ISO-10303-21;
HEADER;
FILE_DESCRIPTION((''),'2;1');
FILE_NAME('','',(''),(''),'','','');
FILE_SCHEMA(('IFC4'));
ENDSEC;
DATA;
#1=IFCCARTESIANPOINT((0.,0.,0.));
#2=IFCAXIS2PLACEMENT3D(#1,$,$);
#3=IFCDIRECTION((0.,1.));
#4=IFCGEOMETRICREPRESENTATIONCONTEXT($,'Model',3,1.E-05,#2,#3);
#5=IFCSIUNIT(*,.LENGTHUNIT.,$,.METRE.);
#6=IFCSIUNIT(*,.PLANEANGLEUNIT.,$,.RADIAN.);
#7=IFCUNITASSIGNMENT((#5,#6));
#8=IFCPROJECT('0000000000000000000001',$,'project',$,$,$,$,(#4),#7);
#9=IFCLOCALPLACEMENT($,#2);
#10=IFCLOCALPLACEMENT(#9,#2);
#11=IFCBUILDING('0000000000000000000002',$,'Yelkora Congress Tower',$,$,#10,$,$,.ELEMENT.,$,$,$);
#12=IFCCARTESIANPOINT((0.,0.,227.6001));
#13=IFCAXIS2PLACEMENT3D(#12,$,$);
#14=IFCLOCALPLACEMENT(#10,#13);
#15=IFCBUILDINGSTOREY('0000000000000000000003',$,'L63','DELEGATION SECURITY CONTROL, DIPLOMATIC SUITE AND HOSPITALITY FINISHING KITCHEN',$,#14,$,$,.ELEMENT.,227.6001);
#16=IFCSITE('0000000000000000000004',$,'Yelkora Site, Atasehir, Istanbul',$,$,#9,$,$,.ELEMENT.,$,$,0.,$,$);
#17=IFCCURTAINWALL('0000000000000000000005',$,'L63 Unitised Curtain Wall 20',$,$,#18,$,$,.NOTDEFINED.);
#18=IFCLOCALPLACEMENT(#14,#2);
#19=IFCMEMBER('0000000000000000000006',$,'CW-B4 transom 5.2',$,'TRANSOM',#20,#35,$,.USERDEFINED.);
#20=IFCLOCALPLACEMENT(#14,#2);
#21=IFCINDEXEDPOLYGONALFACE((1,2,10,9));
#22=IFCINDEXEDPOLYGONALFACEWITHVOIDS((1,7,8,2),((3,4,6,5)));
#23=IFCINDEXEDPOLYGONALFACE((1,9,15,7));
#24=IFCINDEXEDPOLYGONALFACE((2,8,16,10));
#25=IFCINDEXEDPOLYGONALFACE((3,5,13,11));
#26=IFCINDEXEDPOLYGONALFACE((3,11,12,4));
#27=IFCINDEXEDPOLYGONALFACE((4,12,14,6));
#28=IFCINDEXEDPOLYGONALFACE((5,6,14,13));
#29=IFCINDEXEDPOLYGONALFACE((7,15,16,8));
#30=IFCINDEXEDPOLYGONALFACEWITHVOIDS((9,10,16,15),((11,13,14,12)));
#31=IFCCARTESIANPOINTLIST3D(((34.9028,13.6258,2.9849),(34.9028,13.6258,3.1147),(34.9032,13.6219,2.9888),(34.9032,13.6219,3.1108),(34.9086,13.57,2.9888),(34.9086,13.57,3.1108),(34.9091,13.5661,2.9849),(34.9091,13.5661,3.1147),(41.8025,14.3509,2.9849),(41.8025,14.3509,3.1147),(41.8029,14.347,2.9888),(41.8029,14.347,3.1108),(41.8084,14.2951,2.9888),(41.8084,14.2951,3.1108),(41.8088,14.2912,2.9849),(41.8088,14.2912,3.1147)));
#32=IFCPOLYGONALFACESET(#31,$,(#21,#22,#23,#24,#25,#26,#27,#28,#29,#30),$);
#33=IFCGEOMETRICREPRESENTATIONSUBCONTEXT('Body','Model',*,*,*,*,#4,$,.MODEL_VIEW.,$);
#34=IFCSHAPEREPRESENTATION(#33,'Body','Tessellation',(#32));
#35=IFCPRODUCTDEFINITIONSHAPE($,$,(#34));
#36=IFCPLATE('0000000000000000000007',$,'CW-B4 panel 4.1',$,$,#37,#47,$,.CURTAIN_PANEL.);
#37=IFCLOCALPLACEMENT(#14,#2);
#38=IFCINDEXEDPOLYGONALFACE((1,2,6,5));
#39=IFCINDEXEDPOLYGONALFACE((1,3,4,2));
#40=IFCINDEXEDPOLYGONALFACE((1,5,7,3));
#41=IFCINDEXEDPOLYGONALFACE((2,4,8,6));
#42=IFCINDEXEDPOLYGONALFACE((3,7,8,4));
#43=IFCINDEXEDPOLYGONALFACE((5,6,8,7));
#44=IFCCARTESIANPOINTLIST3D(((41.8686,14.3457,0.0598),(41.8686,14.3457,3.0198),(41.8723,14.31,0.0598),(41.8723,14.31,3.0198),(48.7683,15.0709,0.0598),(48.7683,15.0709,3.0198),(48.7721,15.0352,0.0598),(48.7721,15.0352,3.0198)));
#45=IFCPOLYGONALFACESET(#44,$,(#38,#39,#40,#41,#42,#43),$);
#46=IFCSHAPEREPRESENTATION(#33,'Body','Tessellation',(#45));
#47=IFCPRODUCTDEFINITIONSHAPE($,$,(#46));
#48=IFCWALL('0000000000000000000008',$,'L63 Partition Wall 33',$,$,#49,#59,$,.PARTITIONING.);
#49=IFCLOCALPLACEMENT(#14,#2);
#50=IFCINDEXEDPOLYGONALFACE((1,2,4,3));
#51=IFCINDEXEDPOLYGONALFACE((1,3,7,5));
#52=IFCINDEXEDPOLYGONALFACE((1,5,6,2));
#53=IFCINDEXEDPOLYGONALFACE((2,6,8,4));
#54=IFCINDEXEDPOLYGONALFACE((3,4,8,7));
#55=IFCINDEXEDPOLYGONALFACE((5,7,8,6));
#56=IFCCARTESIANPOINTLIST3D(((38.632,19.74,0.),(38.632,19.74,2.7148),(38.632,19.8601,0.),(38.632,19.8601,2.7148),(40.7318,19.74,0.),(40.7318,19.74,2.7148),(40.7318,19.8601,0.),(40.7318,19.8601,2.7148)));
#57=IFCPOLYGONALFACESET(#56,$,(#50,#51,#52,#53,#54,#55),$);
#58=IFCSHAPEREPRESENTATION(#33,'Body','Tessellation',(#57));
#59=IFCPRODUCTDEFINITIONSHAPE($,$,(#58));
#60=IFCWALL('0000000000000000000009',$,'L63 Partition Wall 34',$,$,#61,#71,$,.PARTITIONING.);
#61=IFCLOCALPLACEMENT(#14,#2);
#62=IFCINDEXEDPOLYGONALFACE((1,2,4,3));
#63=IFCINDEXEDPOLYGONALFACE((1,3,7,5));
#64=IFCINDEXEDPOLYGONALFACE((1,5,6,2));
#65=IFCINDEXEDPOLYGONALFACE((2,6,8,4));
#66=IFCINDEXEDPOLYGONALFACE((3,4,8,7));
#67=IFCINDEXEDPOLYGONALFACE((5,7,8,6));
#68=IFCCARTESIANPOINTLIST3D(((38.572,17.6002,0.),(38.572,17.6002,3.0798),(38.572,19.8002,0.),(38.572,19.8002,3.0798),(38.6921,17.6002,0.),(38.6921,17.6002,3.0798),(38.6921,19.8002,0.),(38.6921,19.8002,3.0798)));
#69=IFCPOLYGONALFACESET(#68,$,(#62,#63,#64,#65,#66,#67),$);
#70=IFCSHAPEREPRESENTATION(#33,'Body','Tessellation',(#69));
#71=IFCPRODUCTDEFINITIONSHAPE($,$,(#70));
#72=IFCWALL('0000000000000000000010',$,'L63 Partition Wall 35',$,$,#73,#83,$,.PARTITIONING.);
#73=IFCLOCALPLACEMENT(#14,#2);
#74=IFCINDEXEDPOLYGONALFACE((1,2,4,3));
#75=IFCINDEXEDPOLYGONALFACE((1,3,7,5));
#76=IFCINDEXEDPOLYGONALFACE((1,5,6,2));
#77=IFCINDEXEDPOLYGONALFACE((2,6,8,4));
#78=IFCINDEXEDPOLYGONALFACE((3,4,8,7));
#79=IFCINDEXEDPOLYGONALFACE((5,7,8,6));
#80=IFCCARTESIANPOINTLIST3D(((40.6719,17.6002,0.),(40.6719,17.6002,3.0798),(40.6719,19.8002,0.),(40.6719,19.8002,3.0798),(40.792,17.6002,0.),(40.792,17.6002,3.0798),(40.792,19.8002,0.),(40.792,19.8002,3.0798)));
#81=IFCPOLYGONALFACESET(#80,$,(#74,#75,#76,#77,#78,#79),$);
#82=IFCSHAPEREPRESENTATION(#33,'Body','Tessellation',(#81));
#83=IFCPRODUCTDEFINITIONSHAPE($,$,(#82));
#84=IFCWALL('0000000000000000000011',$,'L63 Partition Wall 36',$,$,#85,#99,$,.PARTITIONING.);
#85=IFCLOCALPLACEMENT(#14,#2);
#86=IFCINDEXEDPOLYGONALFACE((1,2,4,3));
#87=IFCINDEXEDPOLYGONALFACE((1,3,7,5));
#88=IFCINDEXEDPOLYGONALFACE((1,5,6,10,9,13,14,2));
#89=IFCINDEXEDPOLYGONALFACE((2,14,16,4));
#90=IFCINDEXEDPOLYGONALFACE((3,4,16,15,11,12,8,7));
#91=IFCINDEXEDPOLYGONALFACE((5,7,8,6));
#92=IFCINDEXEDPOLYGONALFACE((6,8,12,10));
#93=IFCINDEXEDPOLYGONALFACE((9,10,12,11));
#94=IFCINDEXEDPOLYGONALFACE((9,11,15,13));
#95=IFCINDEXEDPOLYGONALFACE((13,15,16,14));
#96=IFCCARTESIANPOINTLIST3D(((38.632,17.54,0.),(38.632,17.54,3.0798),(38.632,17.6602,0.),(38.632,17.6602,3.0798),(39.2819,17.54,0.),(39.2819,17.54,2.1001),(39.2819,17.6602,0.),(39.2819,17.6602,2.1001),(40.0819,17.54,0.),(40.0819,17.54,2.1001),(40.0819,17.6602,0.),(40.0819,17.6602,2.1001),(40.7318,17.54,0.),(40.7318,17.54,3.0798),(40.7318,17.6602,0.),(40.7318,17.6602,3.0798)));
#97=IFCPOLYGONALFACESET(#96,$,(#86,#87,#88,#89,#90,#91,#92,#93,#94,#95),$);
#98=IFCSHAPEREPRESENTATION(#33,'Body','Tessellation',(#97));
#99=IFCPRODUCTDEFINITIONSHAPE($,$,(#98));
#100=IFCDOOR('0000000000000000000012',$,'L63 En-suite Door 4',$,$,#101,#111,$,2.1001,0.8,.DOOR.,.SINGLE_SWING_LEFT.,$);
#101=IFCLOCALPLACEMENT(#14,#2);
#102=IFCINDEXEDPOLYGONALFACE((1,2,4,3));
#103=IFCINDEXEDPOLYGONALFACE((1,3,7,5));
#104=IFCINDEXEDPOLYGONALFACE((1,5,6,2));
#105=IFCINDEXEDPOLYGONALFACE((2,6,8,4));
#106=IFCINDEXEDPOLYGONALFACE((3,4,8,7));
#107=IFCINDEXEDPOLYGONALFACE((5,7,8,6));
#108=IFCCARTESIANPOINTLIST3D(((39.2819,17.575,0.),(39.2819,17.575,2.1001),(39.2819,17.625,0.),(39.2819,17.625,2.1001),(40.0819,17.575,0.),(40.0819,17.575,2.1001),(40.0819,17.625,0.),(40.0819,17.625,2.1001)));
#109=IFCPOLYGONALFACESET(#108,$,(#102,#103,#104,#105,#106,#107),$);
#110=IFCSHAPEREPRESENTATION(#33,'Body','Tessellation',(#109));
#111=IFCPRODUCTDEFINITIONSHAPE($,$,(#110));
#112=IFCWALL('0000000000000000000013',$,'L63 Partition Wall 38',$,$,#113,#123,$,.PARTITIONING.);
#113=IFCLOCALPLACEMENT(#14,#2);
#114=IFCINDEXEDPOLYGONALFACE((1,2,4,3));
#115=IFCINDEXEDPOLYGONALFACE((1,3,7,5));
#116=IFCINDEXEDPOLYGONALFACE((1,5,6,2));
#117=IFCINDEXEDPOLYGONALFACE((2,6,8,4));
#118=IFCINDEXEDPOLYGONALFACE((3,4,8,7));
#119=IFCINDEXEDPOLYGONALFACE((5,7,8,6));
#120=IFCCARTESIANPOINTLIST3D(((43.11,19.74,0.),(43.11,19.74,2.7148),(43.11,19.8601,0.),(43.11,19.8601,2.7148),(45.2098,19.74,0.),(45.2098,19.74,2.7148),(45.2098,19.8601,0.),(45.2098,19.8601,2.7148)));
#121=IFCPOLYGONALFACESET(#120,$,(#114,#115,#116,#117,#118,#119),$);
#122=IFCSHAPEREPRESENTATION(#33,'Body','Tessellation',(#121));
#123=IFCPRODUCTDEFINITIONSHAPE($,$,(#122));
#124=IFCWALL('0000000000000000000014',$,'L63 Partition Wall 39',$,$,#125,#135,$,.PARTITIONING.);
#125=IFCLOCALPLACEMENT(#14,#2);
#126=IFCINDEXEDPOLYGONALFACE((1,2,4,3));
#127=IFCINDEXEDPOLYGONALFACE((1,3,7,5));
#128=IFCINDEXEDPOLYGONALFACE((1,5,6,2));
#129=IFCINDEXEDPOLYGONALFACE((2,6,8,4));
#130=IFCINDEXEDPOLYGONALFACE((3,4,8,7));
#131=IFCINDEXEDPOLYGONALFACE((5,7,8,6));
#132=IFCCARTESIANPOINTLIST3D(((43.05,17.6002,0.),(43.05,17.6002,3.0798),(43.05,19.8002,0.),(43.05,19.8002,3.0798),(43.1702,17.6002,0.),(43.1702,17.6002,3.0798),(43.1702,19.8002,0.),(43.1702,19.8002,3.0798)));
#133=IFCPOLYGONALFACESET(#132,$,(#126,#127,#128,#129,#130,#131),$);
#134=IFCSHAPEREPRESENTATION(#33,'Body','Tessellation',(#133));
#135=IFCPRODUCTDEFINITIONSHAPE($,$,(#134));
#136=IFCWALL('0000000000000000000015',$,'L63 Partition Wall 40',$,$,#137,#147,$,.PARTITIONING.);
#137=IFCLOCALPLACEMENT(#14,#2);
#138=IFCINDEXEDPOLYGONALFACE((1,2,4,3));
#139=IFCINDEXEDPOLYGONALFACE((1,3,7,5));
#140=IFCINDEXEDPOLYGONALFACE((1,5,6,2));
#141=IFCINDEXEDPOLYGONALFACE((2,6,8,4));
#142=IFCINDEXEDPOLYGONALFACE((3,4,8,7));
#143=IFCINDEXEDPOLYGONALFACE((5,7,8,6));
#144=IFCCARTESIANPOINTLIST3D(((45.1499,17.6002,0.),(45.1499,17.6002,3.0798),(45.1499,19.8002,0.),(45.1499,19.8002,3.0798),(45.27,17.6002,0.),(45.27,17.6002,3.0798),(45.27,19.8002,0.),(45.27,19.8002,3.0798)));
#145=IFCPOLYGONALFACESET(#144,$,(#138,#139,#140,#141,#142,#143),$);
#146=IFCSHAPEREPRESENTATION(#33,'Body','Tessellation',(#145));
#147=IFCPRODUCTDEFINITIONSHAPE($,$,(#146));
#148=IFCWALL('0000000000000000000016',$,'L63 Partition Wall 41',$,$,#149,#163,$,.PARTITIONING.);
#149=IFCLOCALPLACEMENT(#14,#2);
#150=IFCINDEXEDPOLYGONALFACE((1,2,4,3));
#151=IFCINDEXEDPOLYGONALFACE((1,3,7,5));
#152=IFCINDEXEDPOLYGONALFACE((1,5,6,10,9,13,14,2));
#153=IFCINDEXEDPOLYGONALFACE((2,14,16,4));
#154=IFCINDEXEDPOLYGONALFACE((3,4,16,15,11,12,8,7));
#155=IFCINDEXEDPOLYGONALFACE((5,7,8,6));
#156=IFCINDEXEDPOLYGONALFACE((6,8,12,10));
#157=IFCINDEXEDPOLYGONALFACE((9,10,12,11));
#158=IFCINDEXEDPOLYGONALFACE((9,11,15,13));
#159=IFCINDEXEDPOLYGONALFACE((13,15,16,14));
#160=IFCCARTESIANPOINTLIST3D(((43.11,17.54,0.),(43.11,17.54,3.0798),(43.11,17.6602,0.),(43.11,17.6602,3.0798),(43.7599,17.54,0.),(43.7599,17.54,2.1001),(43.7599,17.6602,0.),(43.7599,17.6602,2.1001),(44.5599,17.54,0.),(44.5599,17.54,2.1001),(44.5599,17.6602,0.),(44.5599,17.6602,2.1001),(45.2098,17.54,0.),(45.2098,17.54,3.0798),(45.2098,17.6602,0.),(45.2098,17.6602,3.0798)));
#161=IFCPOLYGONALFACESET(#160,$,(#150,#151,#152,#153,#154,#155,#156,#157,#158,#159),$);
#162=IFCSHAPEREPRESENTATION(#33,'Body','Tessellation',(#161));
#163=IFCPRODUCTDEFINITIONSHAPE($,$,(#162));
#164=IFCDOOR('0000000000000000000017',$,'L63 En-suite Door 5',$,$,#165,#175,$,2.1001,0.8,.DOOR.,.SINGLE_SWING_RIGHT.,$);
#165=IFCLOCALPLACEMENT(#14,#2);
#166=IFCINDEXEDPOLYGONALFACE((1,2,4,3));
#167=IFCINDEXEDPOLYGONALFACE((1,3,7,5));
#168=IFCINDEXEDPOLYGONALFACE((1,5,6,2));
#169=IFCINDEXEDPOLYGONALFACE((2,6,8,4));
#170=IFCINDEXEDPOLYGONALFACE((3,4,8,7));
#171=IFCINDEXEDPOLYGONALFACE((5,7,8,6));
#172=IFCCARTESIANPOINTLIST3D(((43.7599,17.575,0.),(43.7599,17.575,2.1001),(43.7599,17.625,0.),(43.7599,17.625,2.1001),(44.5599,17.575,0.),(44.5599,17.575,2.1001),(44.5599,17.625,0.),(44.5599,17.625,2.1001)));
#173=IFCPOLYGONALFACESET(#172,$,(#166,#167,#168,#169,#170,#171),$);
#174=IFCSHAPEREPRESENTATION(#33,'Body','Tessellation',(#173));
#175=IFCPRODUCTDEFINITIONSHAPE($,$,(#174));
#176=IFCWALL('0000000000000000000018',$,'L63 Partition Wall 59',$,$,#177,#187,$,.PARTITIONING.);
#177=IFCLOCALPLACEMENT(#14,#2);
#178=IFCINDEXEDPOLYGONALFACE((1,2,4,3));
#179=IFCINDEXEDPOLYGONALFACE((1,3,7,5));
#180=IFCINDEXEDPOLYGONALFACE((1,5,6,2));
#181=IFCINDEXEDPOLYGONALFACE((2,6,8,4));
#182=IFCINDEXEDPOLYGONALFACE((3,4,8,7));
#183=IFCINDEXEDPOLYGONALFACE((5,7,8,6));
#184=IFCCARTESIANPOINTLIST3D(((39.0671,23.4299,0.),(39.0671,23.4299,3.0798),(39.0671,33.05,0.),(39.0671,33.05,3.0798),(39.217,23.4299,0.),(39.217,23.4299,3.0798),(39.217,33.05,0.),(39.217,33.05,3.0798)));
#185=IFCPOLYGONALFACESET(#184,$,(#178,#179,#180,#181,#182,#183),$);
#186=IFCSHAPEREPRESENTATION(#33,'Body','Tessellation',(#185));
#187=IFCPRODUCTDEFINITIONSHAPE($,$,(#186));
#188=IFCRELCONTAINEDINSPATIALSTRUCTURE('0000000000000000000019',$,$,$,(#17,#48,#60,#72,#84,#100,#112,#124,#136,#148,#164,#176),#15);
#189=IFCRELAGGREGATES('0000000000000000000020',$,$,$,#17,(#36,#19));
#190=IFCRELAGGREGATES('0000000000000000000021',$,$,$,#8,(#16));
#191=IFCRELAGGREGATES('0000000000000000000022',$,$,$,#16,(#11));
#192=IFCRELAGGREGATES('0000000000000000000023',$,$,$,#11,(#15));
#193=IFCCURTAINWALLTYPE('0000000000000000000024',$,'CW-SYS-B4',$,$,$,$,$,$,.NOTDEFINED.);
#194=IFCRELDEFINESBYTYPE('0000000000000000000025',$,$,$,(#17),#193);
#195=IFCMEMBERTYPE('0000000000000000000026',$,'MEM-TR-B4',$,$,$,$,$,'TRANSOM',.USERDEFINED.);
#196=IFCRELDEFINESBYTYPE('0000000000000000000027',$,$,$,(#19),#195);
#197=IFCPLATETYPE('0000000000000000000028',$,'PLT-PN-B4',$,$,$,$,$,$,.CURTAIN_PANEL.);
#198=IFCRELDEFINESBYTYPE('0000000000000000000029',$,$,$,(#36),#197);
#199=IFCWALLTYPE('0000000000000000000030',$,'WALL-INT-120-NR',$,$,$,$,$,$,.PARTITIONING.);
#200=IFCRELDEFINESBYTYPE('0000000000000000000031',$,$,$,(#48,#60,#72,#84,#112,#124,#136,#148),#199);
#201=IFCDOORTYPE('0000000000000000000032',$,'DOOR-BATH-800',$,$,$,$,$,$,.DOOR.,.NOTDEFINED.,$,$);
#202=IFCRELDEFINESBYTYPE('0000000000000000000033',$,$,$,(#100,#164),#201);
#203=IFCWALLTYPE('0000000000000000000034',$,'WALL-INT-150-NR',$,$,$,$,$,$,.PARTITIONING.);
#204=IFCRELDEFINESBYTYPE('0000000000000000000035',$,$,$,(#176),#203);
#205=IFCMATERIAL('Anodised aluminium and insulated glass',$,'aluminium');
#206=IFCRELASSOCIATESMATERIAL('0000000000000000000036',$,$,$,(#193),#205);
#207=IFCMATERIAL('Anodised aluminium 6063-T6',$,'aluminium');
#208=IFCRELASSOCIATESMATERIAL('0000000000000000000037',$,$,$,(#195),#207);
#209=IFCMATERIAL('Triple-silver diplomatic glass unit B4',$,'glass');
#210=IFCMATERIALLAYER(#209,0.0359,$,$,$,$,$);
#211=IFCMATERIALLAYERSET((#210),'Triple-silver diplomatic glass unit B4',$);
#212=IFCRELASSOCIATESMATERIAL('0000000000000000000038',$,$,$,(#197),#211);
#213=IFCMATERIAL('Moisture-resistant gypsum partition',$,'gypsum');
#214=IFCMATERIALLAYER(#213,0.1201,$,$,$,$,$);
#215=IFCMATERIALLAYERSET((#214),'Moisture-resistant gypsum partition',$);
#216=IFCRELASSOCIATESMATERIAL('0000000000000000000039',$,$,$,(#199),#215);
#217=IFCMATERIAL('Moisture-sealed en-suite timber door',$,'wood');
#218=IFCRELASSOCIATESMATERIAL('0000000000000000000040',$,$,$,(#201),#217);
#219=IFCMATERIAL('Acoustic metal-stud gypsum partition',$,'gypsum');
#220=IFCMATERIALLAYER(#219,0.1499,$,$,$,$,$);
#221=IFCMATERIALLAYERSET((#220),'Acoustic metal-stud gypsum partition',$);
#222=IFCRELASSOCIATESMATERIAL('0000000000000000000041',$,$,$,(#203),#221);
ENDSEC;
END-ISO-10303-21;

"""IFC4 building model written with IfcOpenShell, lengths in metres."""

from ifc_helpers import new_model, si_unit, direction, frame, frame_2d, origin, origin_2d, place, context, subcontext, project, spatial, rectangle, hollow_rectangle, extrude, material, layer, layer_set, material_profile, profile_set, type_object, element, fill, aggregate, save


model = new_model("IFC4")

# Units and contexts
model_context = context("Model", 3, precision=1e-05, world=origin(), true_north=direction((0.0, 1.0)))
body_context = subcontext(model_context, "Body", "Model", "MODEL_VIEW")
ifc_project = project(units=[si_unit("LENGTHUNIT", "METRE"), si_unit("PLANEANGLEUNIT", "RADIAN")], contexts=[model_context])

# Site, building, storey
site_placement = place(None, origin())
site = spatial("IfcSite", under=ifc_project, at=site_placement, Name="Yelkora Site, Atasehir, Istanbul", CompositionType="ELEMENT", RefElevation=0.0)
building_placement = place(site_placement, origin())
building = spatial("IfcBuilding", under=site, at=building_placement, Name="Yelkora Congress Tower", CompositionType="ELEMENT")
storey_placement = place(building_placement, frame((0.0, 0.0, 227.6001)))
storey = spatial("IfcBuildingStorey", under=building, at=storey_placement, Name="L63", Description="DELEGATION SECURITY CONTROL, DIPLOMATIC SUITE AND HOSPITALITY FINISHING KITCHEN", CompositionType="ELEMENT", Elevation=227.6001)

# Curtain wall, member, plate
ifc_material_1 = material(Name="Anodised aluminium and insulated glass", Category="aluminium")
curtain_wall_type = type_object("IfcCurtainWallType", Name="CW-SYS-B4", PredefinedType="NOTDEFINED", material=ifc_material_1)
curtain_wall_placement = place(storey_placement, origin())
curtain_wall = element("IfcCurtainWall", 1, at=curtain_wall_placement, inside=storey, type_object=curtain_wall_type, Name="L63 Unitised Curtain Wall 20", PredefinedType="NOTDEFINED")
ifc_material_2 = material(Name="Anodised aluminium 6063-T6", Category="aluminium")
ifc_material_profile_1 = material_profile(ifc_material_2, hollow_rectangle(XDim=0.0601, YDim=0.1299, WallThickness=0.0039, at=origin_2d()), Name="ALU 60x130x4")
ifc_profile_set_1 = profile_set([ifc_material_profile_1], Name="Anodised aluminium 6063-T6")
member_type_1 = type_object("IfcMemberType", Name="MEM-TR-B4", ElementType="TRANSOM", PredefinedType="USERDEFINED", material=ifc_profile_set_1)
member_1_placement = place(storey_placement, frame((41.8057, 14.321, 3.0498), z_axis=(-0.994523, -0.104516, 0.0), x_axis=(0.104516, -0.994523, 0.0)))
member_1 = element("IfcMember", 2, at=member_1_placement, type_object=member_type_1, Name="CW-B4 transom 5.2", ObjectType="TRANSOM", PredefinedType="USERDEFINED", context=body_context, shape_type="SweptSolid", body=[
    extrude(hollow_rectangle(XDim=0.0601, YDim=0.1299, WallThickness=0.0039, at=origin_2d()), origin(), (0.0, 0.0, 1.0), 6.9377),
])
ifc_material_3 = material(Name="Triple-silver diplomatic glass unit B4", Category="glass")
ifc_layer_1 = layer(ifc_material_3, 0.0359)
ifc_layer_set_1 = layer_set([ifc_layer_1], Name="Triple-silver diplomatic glass unit B4")
plate_type = type_object("IfcPlateType", Name="PLT-PN-B4", PredefinedType="CURTAIN_PANEL", material=ifc_layer_set_1)
plate_placement = place(storey_placement, frame((45.3203, 14.6904, 0.0598), z_axis=(0.0, 0.0, 1.0), x_axis=(-0.994522, -0.104527, 0.0)))
plate = element("IfcPlate", 3, at=plate_placement, type_object=plate_type, Name="CW-B4 panel 4.1", PredefinedType="CURTAIN_PANEL", context=body_context, shape_type="SweptSolid", body=[
    extrude(rectangle(XDim=6.9377, YDim=0.0359, at=origin_2d()), origin(), (0.0, 0.0, 1.0), 2.96),
])
aggregate(curtain_wall, [plate, member_1])

# Walls
ifc_material_4 = material(Name="Moisture-resistant gypsum partition", Category="gypsum")
ifc_layer_2 = layer(ifc_material_4, 0.1201)
ifc_layer_set_2 = layer_set([ifc_layer_2], Name="Moisture-resistant gypsum partition")
wall_type_1 = type_object("IfcWallType", Name="WALL-INT-120-NR", PredefinedType="PARTITIONING", material=ifc_layer_set_2)
wall_1_placement = place(storey_placement, frame((38.6321, 19.8, 0.0), z_axis=(0.0, 0.0, 1.0), x_axis=(1.0, 0.0, 0.0)))
element("IfcWall", 4, at=wall_1_placement, inside=storey, type_object=wall_type_1, Name="L63 Partition Wall 33", PredefinedType="PARTITIONING", context=body_context, shape_type="SweptSolid", body=[
    extrude(rectangle(XDim=2.0999, YDim=0.1201, at=frame_2d((1.0498, 0.0))), origin(), (0.0, 0.0, 1.0), 2.7148),
])
for number, where, z_axis, x_axis, name in (
    (5, (38.6321, 17.6001, 0.0), (0.0, 0.0, 1.0), (0.0, 1.0, 0.0), "L63 Partition Wall 34"),
    (6, (40.7319, 17.6001, 0.0), (0.0, 0.0, 1.0), (0.0, 1.0, 0.0), "L63 Partition Wall 35"),
):
    element("IfcWall", number, at=place(storey_placement, frame(where, z_axis=z_axis, x_axis=x_axis)), inside=storey, type_object=wall_type_1, Name=name, PredefinedType="PARTITIONING", context=body_context, shape_type="SweptSolid", body=[
        extrude(rectangle(XDim=2.2, YDim=0.1201, at=frame_2d((1.1001, 0.0))), origin(), (0.0, 0.0, 1.0), 3.0798),
    ])

# Wall, opening, door
wall_2_placement = place(storey_placement, frame((38.6321, 17.6001, 0.0), z_axis=(0.0, 0.0, 1.0), x_axis=(1.0, 0.0, 0.0)))
wall_2 = element("IfcWall", 7, at=wall_2_placement, inside=storey, type_object=wall_type_1, Name="L63 Partition Wall 36", PredefinedType="PARTITIONING", context=body_context, shape_type="SweptSolid", body=[
    extrude(rectangle(XDim=2.0999, YDim=0.1201, at=frame_2d((1.0498, 0.0))), origin(), (0.0, 0.0, 1.0), 3.0798),
])
opening_1_placement = place(wall_2_placement, frame((0.6499, 0.0, 0.0)))
opening_1 = element("IfcOpeningElement", 8, at=opening_1_placement, cuts=wall_2, PredefinedType="OPENING", context=body_context, shape_type="SweptSolid", body=[
    extrude(rectangle(XDim=0.8, YDim=2.1001, at=frame_2d((0.3999, 1.05))), frame((0.0, 0.0701, 0.0), z_axis=(0.0, -1.0, 0.0), x_axis=(1.0, 0.0, 0.0)), (0.0, 0.0, 1.0), 0.1401),
])
ifc_material_5 = material(Name="Moisture-sealed en-suite timber door", Category="wood")
door_type = type_object("IfcDoorType", Name="DOOR-BATH-800", OperationType="NOTDEFINED", PredefinedType="DOOR", material=ifc_material_5)
door_1_placement = place(opening_1_placement, origin())
door_1 = element("IfcDoor", 9, at=door_1_placement, inside=storey, type_object=door_type, Name="L63 En-suite Door 4", OperationType="SINGLE_SWING_LEFT", OverallHeight=2.1001, OverallWidth=0.8, PredefinedType="DOOR", context=body_context, shape_type="SweptSolid", body=[
    extrude(rectangle(XDim=0.8, YDim=2.1001, at=frame_2d((0.3999, 1.05))), frame((0.0, 0.0249, 0.0), z_axis=(0.0, -1.0, 0.0), x_axis=(1.0, 0.0, 0.0)), (0.0, 0.0, 1.0), 0.05),
])
fill(opening_1, door_1)

# Walls
wall_3_placement = place(storey_placement, frame((43.1101, 19.8, 0.0), z_axis=(0.0, 0.0, 1.0), x_axis=(1.0, 0.0, 0.0)))
element("IfcWall", 10, at=wall_3_placement, inside=storey, type_object=wall_type_1, Name="L63 Partition Wall 38", PredefinedType="PARTITIONING", context=body_context, shape_type="SweptSolid", body=[
    extrude(rectangle(XDim=2.0999, YDim=0.1201, at=frame_2d((1.0498, 0.0))), origin(), (0.0, 0.0, 1.0), 2.7148),
])
for number, where, z_axis, x_axis, name in (
    (11, (43.1101, 17.6001, 0.0), (0.0, 0.0, 1.0), (0.0, 1.0, 0.0), "L63 Partition Wall 39"),
    (12, (45.21, 17.6001, 0.0), (0.0, 0.0, 1.0), (0.0, 1.0, 0.0), "L63 Partition Wall 40"),
):
    element("IfcWall", number, at=place(storey_placement, frame(where, z_axis=z_axis, x_axis=x_axis)), inside=storey, type_object=wall_type_1, Name=name, PredefinedType="PARTITIONING", context=body_context, shape_type="SweptSolid", body=[
        extrude(rectangle(XDim=2.2, YDim=0.1201, at=frame_2d((1.1001, 0.0))), origin(), (0.0, 0.0, 1.0), 3.0798),
    ])

# Wall, opening, door
wall_4_placement = place(storey_placement, frame((43.1101, 17.6001, 0.0), z_axis=(0.0, 0.0, 1.0), x_axis=(1.0, 0.0, 0.0)))
wall_4 = element("IfcWall", 13, at=wall_4_placement, inside=storey, type_object=wall_type_1, Name="L63 Partition Wall 41", PredefinedType="PARTITIONING", context=body_context, shape_type="SweptSolid", body=[
    extrude(rectangle(XDim=2.0999, YDim=0.1201, at=frame_2d((1.0498, 0.0))), origin(), (0.0, 0.0, 1.0), 3.0798),
])
opening_2_placement = place(wall_4_placement, frame((0.6499, 0.0, 0.0)))
opening_2 = element("IfcOpeningElement", 14, at=opening_2_placement, cuts=wall_4, PredefinedType="OPENING", context=body_context, shape_type="SweptSolid", body=[
    extrude(rectangle(XDim=0.8, YDim=2.1001, at=frame_2d((0.3999, 1.05))), frame((0.0, 0.0701, 0.0), z_axis=(0.0, -1.0, 0.0), x_axis=(1.0, 0.0, 0.0)), (0.0, 0.0, 1.0), 0.1401),
])
door_2_placement = place(opening_2_placement, origin())
door_2 = element("IfcDoor", 15, at=door_2_placement, inside=storey, type_object=door_type, Name="L63 En-suite Door 5", OperationType="SINGLE_SWING_RIGHT", OverallHeight=2.1001, OverallWidth=0.8, PredefinedType="DOOR", context=body_context, shape_type="SweptSolid", body=[
    extrude(rectangle(XDim=0.8, YDim=2.1001, at=frame_2d((0.3999, 1.05))), frame((0.0, 0.0249, 0.0), z_axis=(0.0, -1.0, 0.0), x_axis=(1.0, 0.0, 0.0)), (0.0, 0.0, 1.0), 0.05),
])
fill(opening_2, door_2)

# Wall
ifc_material_6 = material(Name="Acoustic metal-stud gypsum partition", Category="gypsum")
ifc_layer_3 = layer(ifc_material_6, 0.1499)
ifc_layer_set_3 = layer_set([ifc_layer_3], Name="Acoustic metal-stud gypsum partition")
wall_type_2 = type_object("IfcWallType", Name="WALL-INT-150-NR", PredefinedType="PARTITIONING", material=ifc_layer_set_3)
for number, where, z_axis, x_axis, name in (
    (16, (39.1421, 23.4299, 0.0), (0.0, 0.0, 1.0), (0.0, 1.0, 0.0), "L63 Partition Wall 59"),
):
    element("IfcWall", number, at=place(storey_placement, frame(where, z_axis=z_axis, x_axis=x_axis)), inside=storey, type_object=wall_type_2, Name=name, PredefinedType="PARTITIONING", context=body_context, shape_type="SweptSolid", body=[
        extrude(rectangle(XDim=9.6201, YDim=0.1499, at=frame_2d((4.8101, 0.0))), origin(), (0.0, 0.0, 1.0), 3.0798),
    ])

save(model, "model.ifc")
